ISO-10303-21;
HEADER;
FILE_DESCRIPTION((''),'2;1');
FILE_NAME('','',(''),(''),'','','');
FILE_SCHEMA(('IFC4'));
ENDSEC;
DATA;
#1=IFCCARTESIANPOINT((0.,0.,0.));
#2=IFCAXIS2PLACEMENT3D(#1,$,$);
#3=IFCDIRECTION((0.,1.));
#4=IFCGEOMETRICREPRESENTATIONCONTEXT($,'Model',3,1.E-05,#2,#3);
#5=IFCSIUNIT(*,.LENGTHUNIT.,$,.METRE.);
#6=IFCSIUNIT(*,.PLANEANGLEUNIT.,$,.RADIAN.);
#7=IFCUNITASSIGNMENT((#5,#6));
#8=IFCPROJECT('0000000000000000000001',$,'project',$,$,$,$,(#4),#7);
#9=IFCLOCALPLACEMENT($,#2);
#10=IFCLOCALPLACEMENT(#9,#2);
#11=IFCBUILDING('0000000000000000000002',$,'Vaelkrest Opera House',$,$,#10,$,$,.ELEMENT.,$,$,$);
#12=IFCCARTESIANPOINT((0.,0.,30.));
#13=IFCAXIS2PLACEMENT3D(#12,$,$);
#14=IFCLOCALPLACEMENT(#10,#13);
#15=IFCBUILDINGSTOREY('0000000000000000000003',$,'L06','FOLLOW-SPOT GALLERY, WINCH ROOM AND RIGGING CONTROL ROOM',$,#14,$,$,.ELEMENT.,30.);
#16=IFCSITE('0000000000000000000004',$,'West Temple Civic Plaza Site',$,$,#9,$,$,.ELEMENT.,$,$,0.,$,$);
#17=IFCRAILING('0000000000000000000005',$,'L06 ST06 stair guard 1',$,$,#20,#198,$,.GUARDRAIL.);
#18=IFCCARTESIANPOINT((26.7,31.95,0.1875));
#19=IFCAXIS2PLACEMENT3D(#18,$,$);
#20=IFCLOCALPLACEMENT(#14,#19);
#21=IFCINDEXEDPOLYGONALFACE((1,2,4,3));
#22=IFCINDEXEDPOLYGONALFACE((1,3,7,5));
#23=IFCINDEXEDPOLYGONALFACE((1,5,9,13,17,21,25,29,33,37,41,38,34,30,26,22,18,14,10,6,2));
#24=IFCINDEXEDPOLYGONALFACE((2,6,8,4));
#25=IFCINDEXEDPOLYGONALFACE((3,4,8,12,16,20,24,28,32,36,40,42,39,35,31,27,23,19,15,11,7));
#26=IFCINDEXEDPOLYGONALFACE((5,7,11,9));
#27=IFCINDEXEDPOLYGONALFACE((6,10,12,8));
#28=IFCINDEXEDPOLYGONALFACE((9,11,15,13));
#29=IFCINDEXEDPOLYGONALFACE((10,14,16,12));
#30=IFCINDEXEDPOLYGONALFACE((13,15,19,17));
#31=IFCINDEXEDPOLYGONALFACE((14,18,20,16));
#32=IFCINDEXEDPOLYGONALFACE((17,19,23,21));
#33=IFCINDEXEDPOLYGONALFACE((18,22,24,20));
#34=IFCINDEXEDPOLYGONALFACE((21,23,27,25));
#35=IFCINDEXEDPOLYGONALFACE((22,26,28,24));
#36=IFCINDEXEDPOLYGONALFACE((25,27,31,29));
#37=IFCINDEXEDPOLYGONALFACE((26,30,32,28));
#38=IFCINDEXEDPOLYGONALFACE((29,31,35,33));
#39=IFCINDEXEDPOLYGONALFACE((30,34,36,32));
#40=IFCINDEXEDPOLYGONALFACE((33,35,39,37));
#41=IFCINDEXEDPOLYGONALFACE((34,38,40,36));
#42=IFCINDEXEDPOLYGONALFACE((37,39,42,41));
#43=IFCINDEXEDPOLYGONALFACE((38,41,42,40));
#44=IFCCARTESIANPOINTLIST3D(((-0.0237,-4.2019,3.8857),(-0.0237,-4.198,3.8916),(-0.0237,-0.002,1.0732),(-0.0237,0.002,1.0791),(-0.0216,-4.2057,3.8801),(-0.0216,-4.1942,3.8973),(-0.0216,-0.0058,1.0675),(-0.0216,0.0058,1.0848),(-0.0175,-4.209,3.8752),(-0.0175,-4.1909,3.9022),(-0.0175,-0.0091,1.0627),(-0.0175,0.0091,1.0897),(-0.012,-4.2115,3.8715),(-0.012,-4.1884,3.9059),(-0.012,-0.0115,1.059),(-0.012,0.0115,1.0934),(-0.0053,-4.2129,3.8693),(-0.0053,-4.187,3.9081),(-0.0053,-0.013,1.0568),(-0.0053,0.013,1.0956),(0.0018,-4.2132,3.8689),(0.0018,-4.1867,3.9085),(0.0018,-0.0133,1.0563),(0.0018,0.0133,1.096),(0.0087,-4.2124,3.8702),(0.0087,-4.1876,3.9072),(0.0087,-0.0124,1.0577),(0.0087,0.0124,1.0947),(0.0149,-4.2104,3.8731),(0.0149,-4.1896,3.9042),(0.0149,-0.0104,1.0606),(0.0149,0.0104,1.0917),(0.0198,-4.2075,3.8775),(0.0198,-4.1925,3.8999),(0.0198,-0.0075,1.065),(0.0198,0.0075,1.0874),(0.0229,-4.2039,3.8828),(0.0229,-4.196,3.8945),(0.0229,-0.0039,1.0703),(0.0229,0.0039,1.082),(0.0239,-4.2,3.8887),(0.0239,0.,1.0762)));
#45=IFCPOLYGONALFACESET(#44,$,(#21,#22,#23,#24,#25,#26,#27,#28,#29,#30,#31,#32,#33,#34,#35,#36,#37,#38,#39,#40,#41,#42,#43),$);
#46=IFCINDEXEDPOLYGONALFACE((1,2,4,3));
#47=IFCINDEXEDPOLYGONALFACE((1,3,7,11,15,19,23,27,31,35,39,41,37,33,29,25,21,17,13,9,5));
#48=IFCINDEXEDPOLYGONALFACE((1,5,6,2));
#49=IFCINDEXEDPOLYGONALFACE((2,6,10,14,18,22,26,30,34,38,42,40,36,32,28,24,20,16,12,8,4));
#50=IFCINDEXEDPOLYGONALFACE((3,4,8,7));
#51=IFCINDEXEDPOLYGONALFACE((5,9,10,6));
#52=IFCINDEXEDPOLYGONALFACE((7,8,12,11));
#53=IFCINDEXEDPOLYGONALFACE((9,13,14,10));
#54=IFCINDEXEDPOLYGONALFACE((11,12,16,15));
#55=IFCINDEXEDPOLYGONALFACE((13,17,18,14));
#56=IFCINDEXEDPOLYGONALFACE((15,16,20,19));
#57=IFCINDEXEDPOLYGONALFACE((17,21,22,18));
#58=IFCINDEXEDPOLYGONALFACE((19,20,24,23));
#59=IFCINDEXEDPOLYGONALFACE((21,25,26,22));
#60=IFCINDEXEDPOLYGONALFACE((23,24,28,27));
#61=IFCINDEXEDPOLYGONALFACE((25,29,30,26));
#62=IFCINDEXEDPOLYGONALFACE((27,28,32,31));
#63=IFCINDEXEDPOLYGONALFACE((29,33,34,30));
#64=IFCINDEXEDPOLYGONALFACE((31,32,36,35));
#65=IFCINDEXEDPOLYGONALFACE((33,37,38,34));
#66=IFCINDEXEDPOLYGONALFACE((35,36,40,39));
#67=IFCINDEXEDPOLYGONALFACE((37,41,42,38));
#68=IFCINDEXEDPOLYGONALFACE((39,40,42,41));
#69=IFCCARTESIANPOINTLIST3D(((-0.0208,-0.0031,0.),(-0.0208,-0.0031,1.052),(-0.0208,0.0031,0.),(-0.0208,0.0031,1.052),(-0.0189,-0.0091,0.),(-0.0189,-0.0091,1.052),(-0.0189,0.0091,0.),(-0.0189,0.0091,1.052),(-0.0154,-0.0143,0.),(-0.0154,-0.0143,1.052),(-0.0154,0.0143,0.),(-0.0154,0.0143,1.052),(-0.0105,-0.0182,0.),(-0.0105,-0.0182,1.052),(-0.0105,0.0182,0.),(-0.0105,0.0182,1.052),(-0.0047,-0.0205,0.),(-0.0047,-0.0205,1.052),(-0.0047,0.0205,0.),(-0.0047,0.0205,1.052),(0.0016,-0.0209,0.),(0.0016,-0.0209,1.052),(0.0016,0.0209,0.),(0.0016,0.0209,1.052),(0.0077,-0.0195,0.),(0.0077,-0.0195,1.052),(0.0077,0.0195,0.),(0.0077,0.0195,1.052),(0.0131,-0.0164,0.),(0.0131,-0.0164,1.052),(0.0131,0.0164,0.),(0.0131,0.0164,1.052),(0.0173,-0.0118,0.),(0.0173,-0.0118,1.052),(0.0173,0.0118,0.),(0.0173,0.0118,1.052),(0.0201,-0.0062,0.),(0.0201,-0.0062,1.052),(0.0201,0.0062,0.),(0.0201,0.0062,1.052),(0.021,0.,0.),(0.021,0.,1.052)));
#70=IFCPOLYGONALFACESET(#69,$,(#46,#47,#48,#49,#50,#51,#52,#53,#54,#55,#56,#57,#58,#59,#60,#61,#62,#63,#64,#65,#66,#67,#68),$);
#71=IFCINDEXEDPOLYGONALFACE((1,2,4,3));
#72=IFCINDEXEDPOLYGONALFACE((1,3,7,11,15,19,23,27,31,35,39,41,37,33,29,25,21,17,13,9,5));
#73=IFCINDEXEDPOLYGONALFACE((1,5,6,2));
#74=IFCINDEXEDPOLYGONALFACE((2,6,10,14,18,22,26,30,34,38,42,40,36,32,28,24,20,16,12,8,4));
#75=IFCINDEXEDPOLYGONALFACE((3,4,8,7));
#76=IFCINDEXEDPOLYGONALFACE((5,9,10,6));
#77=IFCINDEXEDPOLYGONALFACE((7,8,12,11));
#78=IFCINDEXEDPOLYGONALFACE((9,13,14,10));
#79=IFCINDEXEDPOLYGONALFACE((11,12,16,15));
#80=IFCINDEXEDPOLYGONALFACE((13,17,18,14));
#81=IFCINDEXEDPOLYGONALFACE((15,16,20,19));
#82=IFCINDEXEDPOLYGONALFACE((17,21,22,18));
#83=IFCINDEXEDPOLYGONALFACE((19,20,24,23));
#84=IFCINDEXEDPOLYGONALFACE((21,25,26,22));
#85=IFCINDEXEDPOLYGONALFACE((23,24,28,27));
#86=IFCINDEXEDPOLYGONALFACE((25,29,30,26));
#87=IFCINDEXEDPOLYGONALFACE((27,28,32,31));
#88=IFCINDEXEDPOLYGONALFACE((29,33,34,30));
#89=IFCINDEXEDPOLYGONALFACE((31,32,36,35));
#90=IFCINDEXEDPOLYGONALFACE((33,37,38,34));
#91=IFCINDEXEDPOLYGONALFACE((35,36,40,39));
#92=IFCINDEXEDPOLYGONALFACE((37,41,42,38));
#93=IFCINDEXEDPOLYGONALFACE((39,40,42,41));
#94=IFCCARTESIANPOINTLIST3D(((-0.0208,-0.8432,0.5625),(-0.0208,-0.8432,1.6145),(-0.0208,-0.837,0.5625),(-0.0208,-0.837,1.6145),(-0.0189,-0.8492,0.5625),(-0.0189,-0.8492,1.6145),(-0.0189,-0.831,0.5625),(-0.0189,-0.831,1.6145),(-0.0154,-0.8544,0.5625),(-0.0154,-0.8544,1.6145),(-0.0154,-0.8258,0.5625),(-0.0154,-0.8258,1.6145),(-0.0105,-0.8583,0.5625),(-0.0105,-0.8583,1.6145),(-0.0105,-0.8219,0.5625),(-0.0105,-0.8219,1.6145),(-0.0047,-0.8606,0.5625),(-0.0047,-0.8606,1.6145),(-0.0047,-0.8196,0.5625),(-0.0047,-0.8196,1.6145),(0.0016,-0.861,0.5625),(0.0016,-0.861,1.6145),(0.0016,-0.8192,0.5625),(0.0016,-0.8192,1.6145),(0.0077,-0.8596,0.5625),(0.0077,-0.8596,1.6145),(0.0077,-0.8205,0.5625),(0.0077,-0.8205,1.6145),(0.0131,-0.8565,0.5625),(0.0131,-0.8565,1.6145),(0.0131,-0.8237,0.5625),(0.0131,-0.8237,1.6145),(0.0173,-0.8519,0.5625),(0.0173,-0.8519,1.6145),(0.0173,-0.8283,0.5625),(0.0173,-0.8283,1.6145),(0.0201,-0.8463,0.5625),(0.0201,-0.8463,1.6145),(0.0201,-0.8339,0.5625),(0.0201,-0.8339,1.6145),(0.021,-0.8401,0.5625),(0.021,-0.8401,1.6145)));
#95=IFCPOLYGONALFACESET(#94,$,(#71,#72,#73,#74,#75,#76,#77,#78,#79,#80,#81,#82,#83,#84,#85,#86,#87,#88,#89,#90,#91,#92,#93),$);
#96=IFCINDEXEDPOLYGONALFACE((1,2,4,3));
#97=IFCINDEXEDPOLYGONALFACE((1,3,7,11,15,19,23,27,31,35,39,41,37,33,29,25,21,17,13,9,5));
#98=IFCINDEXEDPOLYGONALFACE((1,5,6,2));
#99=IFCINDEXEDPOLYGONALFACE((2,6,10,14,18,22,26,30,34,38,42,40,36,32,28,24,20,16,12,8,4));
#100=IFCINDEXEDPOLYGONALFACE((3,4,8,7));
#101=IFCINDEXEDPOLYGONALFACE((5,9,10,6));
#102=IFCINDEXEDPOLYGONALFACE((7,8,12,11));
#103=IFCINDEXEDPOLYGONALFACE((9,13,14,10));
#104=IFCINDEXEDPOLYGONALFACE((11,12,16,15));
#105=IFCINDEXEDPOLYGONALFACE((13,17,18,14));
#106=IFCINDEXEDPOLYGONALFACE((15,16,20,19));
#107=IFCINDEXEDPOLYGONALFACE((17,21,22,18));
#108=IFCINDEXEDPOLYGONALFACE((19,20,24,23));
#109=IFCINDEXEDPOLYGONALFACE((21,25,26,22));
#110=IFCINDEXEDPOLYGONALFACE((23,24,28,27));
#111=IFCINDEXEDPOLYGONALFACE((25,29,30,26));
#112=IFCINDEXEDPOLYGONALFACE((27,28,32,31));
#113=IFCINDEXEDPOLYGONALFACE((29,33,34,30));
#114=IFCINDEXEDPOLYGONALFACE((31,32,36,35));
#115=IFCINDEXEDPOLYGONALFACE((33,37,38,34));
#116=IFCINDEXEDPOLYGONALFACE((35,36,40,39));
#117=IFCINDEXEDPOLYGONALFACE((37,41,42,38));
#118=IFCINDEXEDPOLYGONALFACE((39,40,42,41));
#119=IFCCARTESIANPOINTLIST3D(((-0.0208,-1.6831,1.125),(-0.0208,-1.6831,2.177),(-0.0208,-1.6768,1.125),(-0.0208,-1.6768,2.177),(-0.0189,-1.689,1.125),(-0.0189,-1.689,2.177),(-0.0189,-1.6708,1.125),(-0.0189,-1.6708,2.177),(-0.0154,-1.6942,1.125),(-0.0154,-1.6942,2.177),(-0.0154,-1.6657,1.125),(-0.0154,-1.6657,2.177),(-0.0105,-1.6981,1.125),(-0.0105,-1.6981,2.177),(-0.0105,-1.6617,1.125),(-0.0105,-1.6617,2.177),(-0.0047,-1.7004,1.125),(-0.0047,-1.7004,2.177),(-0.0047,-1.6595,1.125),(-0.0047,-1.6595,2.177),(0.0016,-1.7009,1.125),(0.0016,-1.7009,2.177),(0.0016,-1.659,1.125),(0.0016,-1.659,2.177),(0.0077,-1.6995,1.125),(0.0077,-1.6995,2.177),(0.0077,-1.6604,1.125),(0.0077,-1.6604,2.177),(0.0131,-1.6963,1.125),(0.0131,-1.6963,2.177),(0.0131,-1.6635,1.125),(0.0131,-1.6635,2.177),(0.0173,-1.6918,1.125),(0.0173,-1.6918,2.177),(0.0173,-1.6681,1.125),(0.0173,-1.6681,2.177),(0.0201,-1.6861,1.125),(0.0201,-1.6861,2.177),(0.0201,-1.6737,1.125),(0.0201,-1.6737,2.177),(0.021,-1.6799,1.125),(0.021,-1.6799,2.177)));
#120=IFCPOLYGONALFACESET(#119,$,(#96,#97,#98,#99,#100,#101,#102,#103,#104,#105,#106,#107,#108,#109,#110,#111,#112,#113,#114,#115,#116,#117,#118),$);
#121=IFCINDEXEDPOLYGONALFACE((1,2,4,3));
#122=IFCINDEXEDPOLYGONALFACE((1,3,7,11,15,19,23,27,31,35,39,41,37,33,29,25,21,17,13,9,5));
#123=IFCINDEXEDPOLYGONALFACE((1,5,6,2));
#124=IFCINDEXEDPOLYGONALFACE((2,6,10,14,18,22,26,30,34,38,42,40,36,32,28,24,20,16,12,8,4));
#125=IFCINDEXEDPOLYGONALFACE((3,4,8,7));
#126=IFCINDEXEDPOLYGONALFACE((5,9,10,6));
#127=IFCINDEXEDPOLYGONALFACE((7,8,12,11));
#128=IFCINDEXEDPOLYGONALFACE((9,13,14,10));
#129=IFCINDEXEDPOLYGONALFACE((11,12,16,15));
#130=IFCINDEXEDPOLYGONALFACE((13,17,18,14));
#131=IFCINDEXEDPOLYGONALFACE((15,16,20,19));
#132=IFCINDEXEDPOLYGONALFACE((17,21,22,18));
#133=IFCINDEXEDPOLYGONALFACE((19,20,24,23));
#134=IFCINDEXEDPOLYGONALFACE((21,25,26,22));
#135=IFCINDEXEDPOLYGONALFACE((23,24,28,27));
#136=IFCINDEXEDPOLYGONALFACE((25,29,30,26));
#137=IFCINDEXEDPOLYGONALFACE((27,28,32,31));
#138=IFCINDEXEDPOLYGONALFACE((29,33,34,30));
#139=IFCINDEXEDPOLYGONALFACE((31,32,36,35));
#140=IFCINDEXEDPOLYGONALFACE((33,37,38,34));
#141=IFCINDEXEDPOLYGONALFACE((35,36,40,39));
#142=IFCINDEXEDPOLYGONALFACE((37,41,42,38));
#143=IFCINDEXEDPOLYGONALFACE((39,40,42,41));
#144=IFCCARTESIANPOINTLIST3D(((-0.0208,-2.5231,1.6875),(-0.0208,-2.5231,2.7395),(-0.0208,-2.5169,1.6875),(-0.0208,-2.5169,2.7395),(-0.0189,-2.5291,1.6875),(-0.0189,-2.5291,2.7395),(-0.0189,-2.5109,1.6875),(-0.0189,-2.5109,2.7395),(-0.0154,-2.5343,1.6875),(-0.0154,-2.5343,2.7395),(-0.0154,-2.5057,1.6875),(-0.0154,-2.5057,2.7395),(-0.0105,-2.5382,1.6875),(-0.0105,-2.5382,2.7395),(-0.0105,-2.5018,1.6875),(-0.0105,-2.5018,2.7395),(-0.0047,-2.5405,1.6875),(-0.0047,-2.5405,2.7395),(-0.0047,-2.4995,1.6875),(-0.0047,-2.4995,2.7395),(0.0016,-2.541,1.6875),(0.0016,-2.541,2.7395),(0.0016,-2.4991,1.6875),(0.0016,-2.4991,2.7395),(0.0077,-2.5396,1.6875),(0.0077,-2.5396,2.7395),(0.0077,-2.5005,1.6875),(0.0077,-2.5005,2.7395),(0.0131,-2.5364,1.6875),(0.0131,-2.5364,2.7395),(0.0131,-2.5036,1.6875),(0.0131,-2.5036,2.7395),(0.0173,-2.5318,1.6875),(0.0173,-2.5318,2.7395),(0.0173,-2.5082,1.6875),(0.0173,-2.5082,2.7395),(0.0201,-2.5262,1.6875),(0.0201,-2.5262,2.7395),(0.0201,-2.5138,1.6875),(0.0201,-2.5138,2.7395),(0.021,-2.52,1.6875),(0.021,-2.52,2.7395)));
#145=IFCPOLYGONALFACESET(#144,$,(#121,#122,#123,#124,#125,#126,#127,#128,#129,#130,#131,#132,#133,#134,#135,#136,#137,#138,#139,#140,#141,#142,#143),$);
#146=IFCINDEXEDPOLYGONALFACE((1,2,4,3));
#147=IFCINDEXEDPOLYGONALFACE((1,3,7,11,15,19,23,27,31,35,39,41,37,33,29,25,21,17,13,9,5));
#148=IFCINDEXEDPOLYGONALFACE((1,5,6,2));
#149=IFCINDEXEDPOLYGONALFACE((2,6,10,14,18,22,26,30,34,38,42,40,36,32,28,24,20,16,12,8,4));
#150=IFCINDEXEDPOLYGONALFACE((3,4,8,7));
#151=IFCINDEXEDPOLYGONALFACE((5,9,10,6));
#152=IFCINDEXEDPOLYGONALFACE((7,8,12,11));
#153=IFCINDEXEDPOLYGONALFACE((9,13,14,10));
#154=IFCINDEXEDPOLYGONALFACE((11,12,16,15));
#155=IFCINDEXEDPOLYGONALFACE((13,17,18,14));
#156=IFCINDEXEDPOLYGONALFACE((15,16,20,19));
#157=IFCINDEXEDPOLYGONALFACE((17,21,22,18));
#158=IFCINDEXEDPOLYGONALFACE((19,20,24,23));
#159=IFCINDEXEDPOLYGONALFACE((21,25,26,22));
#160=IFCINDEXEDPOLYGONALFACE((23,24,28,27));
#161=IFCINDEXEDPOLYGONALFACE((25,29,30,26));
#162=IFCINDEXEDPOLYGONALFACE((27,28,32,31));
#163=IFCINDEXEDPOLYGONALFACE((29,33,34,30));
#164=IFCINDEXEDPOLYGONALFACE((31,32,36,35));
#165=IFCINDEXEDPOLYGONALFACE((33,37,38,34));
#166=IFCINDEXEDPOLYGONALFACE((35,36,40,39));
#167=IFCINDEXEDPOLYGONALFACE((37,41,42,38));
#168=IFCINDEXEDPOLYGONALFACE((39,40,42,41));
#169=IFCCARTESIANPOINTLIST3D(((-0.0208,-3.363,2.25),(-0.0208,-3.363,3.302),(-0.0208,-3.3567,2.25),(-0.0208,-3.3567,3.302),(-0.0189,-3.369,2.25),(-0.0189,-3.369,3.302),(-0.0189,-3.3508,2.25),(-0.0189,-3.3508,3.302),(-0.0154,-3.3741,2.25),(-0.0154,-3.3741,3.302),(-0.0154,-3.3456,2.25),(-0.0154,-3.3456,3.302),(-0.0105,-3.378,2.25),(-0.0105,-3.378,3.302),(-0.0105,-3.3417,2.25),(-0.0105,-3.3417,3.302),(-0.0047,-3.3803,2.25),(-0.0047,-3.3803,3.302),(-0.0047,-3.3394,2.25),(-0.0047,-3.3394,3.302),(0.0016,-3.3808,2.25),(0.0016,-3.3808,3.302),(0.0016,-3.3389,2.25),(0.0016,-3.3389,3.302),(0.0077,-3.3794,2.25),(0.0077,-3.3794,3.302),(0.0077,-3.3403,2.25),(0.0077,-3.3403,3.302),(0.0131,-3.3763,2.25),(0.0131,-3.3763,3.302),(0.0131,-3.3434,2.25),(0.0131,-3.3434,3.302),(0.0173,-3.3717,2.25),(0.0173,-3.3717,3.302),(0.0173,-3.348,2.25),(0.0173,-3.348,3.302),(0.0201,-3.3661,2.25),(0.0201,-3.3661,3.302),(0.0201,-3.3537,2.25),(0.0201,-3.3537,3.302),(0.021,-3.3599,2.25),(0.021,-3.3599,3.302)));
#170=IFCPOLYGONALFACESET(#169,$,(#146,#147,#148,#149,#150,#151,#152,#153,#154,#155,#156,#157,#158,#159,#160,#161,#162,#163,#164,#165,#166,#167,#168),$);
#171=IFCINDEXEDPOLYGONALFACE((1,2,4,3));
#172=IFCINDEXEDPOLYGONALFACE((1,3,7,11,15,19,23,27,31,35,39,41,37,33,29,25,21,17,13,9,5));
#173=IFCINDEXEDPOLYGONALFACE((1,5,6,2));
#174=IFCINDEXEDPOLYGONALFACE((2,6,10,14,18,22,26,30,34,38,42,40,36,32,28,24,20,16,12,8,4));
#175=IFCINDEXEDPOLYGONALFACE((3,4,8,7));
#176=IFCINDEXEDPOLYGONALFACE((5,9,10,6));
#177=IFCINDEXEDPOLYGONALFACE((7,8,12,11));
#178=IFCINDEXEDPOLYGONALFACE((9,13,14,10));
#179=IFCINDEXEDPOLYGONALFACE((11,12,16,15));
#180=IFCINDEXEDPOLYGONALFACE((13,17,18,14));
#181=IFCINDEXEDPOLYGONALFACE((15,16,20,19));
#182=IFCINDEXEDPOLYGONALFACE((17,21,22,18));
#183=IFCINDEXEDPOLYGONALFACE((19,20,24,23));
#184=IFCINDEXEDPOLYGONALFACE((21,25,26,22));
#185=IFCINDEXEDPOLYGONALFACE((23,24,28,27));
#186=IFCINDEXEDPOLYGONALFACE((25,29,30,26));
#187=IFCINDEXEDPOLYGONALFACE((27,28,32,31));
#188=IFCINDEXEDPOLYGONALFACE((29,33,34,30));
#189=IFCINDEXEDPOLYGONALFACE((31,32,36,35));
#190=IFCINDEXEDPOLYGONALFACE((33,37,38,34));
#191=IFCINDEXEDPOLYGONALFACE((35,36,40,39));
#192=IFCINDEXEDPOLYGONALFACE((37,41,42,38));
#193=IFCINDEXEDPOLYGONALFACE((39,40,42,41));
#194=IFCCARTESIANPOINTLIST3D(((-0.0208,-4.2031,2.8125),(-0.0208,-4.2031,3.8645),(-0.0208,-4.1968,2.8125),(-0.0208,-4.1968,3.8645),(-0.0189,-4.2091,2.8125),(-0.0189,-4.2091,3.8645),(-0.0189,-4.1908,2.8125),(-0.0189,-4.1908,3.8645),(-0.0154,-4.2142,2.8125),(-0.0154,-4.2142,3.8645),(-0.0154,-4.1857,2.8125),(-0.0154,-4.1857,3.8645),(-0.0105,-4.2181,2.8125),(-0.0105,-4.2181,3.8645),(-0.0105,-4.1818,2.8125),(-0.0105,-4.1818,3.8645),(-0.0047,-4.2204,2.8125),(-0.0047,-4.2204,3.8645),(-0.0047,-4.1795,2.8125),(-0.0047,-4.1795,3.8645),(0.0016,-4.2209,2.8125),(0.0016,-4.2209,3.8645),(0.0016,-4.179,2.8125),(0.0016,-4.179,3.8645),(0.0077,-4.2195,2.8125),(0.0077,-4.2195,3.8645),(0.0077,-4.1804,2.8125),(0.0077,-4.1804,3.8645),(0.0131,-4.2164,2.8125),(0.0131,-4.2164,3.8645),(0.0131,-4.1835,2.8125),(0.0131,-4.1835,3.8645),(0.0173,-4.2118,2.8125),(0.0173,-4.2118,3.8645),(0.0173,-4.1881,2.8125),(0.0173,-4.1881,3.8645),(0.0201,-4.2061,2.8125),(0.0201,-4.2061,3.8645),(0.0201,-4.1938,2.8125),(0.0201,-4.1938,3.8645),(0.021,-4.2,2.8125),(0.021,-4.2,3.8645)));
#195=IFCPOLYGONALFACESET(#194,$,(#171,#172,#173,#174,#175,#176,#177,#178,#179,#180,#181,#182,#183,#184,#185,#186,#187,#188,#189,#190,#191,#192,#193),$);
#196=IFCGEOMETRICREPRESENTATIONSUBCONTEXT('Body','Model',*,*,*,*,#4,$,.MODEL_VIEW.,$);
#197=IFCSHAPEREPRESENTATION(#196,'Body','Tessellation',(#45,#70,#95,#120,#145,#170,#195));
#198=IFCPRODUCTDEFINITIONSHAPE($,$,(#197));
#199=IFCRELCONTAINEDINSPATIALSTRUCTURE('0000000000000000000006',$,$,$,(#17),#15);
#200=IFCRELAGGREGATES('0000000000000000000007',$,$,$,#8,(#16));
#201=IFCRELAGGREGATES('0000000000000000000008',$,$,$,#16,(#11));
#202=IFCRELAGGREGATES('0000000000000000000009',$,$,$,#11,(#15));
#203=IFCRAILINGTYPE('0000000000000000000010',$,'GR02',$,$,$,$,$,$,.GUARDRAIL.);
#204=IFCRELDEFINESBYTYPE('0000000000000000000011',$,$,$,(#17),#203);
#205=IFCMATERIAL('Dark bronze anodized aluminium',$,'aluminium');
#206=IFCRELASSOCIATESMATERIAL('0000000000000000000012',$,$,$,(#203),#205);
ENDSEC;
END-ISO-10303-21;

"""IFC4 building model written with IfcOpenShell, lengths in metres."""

from ifc_helpers import new_model, si_unit, direction, frame, origin, origin_2d, place, context, subcontext, project, spatial, circle, extrude, material, type_object, element, save


model = new_model("IFC4")

# Units and contexts
model_context = context("Model", 3, precision=1e-05, world=origin(), true_north=direction((0.0, 1.0)))
body_context = subcontext(model_context, "Body", "Model", "MODEL_VIEW")
ifc_project = project(units=[si_unit("LENGTHUNIT", "METRE"), si_unit("PLANEANGLEUNIT", "RADIAN")], contexts=[model_context])

# Site, building, storey
site_placement = place(None, origin())
site = spatial("IfcSite", under=ifc_project, at=site_placement, Name="West Temple Civic Plaza Site", CompositionType="ELEMENT", RefElevation=0.0)
building_placement = place(site_placement, origin())
building = spatial("IfcBuilding", under=site, at=building_placement, Name="Vaelkrest Opera House", CompositionType="ELEMENT")
storey_placement = place(building_placement, frame((0.0, 0.0, 30.0)))
storey = spatial("IfcBuildingStorey", under=building, at=storey_placement, Name="L06", Description="FOLLOW-SPOT GALLERY, WINCH ROOM AND RIGGING CONTROL ROOM", CompositionType="ELEMENT", Elevation=30.0)

# Railing
ifc_material_1 = material(Name="Dark bronze anodized aluminium", Category="aluminium")
railing_type_1 = type_object("IfcRailingType", Name="GR02", PredefinedType="GUARDRAIL", material=ifc_material_1)
railing_1_placement = place(storey_placement, frame((26.7, 31.95, 0.1875)))
element("IfcRailing", 1, at=railing_1_placement, inside=storey, type_object=railing_type_1, Name="L06 ST06 stair guard 1", PredefinedType="GUARDRAIL", context=body_context, shape_type="SweptSolid", body=[
    extrude(circle(Radius=0.0239, at=origin_2d()), frame((0.0, 0.0, 1.0762), z_axis=(0.0, -0.830904, 0.556416), x_axis=(1.0, 0.0, 0.0)), (0.0, 0.0, 1.0), 5.0547),
    extrude(circle(Radius=0.021, at=origin_2d()), origin(), (0.0, 0.0, 1.0), 1.052),
    extrude(circle(Radius=0.021, at=origin_2d()), frame((0.0, -0.8401, 0.5625)), (0.0, 0.0, 1.0), 1.052),
    extrude(circle(Radius=0.021, at=origin_2d()), frame((0.0, -1.6799, 1.125)), (0.0, 0.0, 1.0), 1.052),
    extrude(circle(Radius=0.021, at=origin_2d()), frame((0.0, -2.52, 1.6875)), (0.0, 0.0, 1.0), 1.052),
    extrude(circle(Radius=0.021, at=origin_2d()), frame((0.0, -3.3599, 2.25)), (0.0, 0.0, 1.0), 1.052),
    extrude(circle(Radius=0.021, at=origin_2d()), frame((0.0, -4.2, 2.8125)), (0.0, 0.0, 1.0), 1.052),
])

save(model, "model.ifc")
